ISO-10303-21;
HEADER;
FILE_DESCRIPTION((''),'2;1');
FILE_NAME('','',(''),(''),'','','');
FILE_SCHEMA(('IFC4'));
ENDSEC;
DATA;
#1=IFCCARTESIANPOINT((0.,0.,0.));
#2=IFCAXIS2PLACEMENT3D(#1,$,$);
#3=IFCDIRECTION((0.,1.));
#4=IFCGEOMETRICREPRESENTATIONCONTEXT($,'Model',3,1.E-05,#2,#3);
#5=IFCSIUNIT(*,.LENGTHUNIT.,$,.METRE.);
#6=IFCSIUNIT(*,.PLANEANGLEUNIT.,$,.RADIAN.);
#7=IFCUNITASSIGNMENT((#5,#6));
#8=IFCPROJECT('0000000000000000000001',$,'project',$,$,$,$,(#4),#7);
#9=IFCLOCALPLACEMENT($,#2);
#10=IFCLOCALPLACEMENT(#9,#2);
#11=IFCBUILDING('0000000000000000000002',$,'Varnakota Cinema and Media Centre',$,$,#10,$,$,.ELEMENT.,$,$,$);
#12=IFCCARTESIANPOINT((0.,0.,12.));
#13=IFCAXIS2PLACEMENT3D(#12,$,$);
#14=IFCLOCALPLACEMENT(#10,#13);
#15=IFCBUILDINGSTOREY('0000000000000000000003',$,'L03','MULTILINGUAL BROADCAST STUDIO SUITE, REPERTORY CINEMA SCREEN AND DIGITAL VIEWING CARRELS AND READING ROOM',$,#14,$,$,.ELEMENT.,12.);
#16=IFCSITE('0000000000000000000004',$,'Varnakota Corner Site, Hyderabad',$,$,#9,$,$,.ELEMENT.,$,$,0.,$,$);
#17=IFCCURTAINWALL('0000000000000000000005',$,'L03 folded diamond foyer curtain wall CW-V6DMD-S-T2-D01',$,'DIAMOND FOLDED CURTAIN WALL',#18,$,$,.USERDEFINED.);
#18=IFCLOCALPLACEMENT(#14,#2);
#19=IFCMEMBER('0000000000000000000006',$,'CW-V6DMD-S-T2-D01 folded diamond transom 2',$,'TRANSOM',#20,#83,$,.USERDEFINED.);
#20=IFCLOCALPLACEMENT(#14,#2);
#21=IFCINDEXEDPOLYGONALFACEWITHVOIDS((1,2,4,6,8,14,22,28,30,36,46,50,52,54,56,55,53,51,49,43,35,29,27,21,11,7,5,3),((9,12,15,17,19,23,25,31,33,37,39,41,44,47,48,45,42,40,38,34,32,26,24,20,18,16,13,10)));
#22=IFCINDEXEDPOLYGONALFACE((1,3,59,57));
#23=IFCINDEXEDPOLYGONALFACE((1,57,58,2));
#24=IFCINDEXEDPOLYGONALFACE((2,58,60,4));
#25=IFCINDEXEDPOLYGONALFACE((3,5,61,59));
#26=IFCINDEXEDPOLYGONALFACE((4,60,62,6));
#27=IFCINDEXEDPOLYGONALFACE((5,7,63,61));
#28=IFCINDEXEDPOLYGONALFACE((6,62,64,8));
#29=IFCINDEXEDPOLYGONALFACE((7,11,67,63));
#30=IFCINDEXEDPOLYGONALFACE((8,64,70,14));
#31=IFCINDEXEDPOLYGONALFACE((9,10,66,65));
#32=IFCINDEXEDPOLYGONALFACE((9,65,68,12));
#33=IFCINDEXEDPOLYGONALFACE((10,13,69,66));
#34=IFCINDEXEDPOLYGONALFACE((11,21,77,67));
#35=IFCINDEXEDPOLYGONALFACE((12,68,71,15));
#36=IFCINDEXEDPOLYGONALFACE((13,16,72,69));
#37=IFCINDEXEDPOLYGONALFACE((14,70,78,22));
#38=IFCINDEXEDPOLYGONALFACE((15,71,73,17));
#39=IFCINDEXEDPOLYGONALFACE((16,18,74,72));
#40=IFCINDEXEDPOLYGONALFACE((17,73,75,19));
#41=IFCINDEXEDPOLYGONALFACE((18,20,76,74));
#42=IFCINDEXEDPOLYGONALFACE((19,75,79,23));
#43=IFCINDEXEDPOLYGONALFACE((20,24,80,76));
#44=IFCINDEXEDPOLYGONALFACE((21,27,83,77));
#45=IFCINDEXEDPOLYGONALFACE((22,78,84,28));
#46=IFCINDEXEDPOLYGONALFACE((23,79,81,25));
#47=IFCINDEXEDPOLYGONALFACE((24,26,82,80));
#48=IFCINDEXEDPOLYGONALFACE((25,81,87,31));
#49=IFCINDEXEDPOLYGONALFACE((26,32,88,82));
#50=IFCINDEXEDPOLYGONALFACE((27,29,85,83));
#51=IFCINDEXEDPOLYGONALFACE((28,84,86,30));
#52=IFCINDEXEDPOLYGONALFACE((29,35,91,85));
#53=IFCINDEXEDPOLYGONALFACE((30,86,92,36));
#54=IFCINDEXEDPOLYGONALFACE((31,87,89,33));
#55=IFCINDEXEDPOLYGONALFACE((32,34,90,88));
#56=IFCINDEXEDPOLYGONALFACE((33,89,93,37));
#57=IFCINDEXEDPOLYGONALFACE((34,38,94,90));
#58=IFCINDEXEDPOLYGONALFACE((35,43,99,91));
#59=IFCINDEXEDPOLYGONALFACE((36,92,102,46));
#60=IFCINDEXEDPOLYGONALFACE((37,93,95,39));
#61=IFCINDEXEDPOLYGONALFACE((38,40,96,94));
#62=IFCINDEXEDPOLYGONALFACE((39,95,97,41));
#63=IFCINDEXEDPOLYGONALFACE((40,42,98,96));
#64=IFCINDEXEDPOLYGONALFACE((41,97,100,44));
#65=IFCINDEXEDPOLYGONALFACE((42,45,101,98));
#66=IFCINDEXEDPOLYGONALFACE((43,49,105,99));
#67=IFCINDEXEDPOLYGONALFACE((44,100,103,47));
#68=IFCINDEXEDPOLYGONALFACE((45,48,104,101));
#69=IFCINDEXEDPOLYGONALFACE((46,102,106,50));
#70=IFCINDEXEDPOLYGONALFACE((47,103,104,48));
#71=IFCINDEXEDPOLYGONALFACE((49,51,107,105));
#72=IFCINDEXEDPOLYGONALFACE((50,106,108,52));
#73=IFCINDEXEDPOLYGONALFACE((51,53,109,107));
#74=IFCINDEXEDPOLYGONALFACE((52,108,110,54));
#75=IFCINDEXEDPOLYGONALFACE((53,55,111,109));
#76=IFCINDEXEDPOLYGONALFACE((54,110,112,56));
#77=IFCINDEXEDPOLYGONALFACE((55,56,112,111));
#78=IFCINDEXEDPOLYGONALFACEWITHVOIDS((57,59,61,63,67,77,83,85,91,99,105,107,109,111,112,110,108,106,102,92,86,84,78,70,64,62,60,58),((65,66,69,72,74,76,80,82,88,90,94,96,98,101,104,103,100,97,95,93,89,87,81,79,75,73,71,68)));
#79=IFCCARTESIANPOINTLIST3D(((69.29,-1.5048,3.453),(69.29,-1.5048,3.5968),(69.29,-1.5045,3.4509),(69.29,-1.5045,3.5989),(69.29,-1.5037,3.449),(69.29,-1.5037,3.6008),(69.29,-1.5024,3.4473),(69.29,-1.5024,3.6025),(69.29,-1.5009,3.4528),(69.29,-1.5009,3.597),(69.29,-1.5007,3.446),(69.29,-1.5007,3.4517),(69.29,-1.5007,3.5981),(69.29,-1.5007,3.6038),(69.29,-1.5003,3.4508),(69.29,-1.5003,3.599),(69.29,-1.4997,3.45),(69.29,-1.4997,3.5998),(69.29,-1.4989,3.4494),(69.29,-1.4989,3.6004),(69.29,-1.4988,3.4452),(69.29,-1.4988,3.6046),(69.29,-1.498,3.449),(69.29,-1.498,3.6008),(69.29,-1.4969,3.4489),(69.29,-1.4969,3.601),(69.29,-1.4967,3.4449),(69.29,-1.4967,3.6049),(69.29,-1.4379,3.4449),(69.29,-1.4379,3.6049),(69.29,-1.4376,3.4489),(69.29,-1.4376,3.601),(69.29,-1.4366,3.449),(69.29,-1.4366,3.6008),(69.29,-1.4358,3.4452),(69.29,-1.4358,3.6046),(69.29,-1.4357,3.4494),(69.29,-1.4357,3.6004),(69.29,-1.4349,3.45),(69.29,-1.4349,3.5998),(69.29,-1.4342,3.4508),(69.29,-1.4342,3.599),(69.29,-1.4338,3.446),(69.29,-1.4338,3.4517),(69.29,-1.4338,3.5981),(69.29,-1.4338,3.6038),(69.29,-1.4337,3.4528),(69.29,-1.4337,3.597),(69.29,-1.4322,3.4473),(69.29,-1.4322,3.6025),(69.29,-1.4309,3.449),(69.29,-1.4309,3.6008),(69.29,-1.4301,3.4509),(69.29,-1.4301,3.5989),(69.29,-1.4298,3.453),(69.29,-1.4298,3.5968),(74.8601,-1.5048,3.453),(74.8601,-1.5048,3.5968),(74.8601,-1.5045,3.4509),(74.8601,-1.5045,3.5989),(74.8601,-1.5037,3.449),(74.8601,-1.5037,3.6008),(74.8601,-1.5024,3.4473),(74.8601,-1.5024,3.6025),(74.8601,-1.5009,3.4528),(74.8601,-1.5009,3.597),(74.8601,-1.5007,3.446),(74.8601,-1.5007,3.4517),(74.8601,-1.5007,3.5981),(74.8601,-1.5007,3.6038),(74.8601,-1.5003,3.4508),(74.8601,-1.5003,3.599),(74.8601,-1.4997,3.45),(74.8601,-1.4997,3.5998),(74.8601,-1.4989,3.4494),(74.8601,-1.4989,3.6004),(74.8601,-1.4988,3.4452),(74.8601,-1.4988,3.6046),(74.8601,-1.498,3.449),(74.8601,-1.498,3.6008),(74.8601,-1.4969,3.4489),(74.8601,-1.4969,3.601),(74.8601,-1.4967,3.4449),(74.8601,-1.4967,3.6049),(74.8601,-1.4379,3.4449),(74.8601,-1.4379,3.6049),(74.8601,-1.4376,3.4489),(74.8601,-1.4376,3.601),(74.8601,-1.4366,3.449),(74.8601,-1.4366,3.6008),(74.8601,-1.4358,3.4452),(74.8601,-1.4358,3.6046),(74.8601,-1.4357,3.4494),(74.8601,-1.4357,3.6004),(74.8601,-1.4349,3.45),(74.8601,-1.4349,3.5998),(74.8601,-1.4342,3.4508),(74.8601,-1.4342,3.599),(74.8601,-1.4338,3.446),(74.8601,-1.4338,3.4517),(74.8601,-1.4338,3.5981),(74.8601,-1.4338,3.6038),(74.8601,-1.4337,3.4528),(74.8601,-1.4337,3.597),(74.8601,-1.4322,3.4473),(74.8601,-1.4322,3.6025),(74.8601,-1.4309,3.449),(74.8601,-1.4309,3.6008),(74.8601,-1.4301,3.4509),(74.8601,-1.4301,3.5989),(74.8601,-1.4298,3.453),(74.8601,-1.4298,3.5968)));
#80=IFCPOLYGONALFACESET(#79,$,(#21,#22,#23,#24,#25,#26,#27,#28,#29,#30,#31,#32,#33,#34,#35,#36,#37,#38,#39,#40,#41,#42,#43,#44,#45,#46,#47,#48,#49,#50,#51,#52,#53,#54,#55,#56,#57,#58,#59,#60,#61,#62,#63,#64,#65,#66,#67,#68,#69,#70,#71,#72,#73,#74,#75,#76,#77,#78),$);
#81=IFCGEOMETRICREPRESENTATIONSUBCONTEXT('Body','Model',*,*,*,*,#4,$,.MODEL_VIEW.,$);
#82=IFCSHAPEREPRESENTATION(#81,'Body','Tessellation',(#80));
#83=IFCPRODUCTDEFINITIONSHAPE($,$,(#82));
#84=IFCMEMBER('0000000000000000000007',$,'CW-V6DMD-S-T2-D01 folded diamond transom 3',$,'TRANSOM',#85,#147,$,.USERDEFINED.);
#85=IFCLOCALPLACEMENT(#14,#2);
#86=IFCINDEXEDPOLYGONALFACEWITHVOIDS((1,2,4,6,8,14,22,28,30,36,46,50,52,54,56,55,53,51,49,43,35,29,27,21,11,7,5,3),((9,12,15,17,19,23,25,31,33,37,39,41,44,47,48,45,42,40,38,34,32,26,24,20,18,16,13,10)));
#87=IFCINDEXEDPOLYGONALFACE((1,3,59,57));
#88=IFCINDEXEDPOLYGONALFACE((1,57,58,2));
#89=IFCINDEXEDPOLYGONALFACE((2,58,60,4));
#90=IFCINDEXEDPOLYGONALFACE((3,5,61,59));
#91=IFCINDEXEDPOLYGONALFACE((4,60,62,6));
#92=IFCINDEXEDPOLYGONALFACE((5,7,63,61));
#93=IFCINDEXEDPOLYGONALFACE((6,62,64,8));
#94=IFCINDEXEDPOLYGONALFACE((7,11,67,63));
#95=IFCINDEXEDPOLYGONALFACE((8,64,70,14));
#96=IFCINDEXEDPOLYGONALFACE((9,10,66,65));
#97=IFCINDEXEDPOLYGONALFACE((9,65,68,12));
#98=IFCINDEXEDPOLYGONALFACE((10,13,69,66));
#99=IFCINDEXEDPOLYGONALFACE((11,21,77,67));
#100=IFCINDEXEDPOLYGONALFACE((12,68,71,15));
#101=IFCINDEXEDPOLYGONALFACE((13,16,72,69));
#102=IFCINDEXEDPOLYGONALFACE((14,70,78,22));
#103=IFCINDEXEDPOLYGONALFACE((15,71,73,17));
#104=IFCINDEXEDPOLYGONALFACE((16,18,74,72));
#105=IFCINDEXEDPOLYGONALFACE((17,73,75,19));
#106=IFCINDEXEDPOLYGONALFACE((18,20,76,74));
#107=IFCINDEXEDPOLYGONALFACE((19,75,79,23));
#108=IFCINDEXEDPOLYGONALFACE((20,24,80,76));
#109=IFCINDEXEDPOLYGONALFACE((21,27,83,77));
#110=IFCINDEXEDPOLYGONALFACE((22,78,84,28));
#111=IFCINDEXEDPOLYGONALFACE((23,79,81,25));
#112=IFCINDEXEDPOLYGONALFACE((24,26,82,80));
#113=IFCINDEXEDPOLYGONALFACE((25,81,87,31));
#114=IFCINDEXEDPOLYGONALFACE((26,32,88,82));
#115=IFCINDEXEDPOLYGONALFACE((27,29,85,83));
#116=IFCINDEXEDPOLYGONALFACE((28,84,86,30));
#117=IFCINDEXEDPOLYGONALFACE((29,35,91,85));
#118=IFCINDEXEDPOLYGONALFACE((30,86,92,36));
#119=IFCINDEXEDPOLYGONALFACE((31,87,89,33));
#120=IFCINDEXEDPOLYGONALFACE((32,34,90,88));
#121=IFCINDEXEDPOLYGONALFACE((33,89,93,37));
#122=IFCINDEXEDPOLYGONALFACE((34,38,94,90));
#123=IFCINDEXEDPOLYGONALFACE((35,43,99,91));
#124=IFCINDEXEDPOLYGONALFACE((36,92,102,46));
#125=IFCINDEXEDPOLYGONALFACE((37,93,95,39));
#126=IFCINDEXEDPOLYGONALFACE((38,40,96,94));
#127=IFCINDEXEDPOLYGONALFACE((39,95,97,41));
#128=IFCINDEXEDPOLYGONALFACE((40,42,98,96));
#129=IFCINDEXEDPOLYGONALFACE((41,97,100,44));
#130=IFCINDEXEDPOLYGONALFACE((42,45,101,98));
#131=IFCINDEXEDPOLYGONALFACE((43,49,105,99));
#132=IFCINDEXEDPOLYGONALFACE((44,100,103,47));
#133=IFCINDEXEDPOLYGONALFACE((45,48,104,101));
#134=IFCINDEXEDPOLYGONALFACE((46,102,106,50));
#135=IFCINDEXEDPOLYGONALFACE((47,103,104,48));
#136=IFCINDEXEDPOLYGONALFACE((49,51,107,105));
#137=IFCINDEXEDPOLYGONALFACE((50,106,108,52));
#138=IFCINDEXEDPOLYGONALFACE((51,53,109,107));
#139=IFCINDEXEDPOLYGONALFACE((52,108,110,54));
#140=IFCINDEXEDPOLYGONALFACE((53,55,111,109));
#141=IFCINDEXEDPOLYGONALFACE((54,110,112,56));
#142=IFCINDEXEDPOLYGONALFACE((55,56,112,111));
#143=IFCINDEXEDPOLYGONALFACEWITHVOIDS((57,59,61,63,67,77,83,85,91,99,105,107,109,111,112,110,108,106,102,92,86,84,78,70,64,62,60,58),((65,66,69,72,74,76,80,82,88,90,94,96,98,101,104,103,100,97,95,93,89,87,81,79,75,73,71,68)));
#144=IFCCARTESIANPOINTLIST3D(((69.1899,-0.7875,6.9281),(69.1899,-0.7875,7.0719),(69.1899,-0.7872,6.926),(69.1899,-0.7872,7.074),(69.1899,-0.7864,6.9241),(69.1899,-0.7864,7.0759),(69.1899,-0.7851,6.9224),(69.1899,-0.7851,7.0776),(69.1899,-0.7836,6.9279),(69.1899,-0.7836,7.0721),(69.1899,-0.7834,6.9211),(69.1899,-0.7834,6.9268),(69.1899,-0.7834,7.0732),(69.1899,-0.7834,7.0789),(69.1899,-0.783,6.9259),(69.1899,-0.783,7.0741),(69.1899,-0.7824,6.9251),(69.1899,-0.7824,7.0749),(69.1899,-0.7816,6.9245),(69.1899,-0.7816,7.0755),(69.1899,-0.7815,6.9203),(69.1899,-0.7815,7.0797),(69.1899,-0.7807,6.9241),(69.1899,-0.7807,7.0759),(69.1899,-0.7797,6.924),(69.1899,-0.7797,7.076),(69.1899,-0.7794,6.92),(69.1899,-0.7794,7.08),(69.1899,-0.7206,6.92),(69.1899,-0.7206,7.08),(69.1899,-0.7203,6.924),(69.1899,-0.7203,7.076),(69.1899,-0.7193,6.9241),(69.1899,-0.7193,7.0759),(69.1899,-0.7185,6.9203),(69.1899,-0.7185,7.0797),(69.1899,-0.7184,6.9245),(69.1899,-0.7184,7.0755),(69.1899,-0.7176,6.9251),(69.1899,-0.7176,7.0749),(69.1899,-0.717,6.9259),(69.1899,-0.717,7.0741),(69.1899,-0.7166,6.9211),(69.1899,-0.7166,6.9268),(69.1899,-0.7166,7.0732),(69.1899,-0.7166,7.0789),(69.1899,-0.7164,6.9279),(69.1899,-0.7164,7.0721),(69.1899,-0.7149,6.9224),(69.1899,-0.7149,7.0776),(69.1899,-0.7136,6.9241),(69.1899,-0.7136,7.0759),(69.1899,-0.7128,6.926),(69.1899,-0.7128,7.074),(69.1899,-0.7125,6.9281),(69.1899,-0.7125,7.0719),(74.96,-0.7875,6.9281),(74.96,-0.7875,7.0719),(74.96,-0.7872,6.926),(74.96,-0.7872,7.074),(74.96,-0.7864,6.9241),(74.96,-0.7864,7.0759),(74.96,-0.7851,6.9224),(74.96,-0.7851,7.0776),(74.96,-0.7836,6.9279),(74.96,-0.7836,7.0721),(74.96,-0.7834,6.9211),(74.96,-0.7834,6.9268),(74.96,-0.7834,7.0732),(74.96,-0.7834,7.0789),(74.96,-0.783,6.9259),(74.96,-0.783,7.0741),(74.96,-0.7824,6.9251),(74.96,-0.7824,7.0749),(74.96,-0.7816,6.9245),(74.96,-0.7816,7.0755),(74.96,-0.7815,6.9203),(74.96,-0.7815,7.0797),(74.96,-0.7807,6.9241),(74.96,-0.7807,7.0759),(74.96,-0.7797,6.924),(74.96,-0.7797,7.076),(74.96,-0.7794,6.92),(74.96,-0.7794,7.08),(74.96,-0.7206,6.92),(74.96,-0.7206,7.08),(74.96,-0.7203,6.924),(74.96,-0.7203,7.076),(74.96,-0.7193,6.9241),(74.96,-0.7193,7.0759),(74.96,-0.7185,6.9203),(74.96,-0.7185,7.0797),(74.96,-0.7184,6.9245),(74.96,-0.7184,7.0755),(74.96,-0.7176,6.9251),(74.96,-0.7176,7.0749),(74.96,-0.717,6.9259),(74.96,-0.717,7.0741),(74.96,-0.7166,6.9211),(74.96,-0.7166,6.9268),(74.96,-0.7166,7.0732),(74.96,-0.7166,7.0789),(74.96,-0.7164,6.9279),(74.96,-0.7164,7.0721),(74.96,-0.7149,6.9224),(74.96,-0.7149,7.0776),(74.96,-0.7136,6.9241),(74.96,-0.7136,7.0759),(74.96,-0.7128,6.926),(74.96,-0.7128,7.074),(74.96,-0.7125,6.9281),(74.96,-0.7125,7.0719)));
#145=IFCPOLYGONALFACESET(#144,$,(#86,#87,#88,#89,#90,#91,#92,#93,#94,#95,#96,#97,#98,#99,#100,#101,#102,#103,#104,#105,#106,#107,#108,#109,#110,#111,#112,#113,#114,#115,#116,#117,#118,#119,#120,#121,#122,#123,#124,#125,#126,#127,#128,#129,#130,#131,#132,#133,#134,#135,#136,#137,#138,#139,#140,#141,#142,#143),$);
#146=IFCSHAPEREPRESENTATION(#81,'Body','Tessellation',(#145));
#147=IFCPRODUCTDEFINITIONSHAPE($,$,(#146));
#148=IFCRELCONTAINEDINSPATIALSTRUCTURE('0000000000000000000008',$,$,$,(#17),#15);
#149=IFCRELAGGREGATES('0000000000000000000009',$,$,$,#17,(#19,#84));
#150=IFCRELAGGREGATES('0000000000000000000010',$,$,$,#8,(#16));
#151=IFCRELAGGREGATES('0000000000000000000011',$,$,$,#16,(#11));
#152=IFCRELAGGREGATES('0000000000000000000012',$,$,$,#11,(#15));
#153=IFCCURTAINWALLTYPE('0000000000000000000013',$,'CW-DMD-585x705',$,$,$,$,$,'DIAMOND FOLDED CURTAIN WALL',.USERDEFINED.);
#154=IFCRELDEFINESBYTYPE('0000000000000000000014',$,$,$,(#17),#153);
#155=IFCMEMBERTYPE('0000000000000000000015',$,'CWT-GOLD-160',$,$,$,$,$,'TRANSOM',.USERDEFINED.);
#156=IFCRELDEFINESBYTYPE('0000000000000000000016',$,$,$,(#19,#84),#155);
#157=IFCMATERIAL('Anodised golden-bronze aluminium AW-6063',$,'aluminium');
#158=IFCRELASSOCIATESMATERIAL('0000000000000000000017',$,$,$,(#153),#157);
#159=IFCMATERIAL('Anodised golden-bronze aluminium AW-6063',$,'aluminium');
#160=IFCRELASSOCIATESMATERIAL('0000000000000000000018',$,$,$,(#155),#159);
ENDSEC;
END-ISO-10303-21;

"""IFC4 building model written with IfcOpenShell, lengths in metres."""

from ifc_helpers import new_model, si_unit, direction, frame, origin, origin_2d, place, context, subcontext, project, spatial, hollow_rectangle, extrude, material, material_profile, profile_set, type_object, element, aggregate, save


model = new_model("IFC4")

# Units and contexts
model_context = context("Model", 3, precision=1e-05, world=origin(), true_north=direction((0.0, 1.0)))
body_context = subcontext(model_context, "Body", "Model", "MODEL_VIEW")
ifc_project = project(units=[si_unit("LENGTHUNIT", "METRE"), si_unit("PLANEANGLEUNIT", "RADIAN")], contexts=[model_context])

# Site, building, storey
site_placement = place(None, origin())
site = spatial("IfcSite", under=ifc_project, at=site_placement, Name="Varnakota Corner Site, Hyderabad", CompositionType="ELEMENT", RefElevation=0.0)
building_placement = place(site_placement, origin())
building = spatial("IfcBuilding", under=site, at=building_placement, Name="Varnakota Cinema and Media Centre", CompositionType="ELEMENT")
storey_placement = place(building_placement, frame((0.0, 0.0, 12.0)))
storey = spatial("IfcBuildingStorey", under=building, at=storey_placement, Name="L03", Description="MULTILINGUAL BROADCAST STUDIO SUITE, REPERTORY CINEMA SCREEN AND DIGITAL VIEWING CARRELS AND READING ROOM", CompositionType="ELEMENT", Elevation=12.0)

# Curtain wall
ifc_material_1 = material(Name="Anodised golden-bronze aluminium AW-6063", Category="aluminium")
curtain_wall_type = type_object("IfcCurtainWallType", Name="CW-DMD-585x705", ElementType="DIAMOND FOLDED CURTAIN WALL", PredefinedType="USERDEFINED", material=ifc_material_1)
curtain_wall_1_placement = place(storey_placement, origin())
curtain_wall_1 = element("IfcCurtainWall", 1, at=curtain_wall_1_placement, inside=storey, type_object=curtain_wall_type, Name="L03 folded diamond foyer curtain wall CW-V6DMD-S-T2-D01", ObjectType="DIAMOND FOLDED CURTAIN WALL", PredefinedType="USERDEFINED")

# Members
ifc_material_2 = material(Name="Anodised golden-bronze aluminium AW-6063", Category="aluminium")
ifc_material_profile_1 = material_profile(ifc_material_2, hollow_rectangle(XDim=0.075, YDim=0.1599, WallThickness=0.0039, InnerFilletRadius=0.0039, OuterFilletRadius=0.0081, at=origin_2d()), Name="AL-TRANSOM 160x75x4")
ifc_profile_set_1 = profile_set([ifc_material_profile_1], Name="Anodised golden-bronze aluminium AW-6063")
member_type_1 = type_object("IfcMemberType", Name="CWT-GOLD-160", ElementType="TRANSOM", PredefinedType="USERDEFINED", material=ifc_profile_set_1)
member_1_placement = place(storey_placement, frame((74.8601, -1.4673, 3.5249), z_axis=(-1.0, 0.0, 0.0), x_axis=(0.0, -1.0, 0.0)))
member_1 = element("IfcMember", 2, at=member_1_placement, type_object=member_type_1, Name="CW-V6DMD-S-T2-D01 folded diamond transom 2", ObjectType="TRANSOM", PredefinedType="USERDEFINED", context=body_context, shape_type="SweptSolid", body=[
    extrude(hollow_rectangle(XDim=0.075, YDim=0.1599, WallThickness=0.0039, InnerFilletRadius=0.0039, OuterFilletRadius=0.0081, at=origin_2d()), origin(), (0.0, 0.0, 1.0), 5.5701),
])
member_2_placement = place(storey_placement, frame((74.96, -0.75, 7.0), z_axis=(-1.0, 0.0, 0.0), x_axis=(0.0, -1.0, 0.0)))
member_2 = element("IfcMember", 3, at=member_2_placement, type_object=member_type_1, Name="CW-V6DMD-S-T2-D01 folded diamond transom 3", ObjectType="TRANSOM", PredefinedType="USERDEFINED", context=body_context, shape_type="SweptSolid", body=[
    extrude(hollow_rectangle(XDim=0.075, YDim=0.1599, WallThickness=0.0039, InnerFilletRadius=0.0039, OuterFilletRadius=0.0081, at=origin_2d()), origin(), (0.0, 0.0, 1.0), 5.77),
])

aggregate(curtain_wall_1, [member_1, member_2])

save(model, "model.ifc")
